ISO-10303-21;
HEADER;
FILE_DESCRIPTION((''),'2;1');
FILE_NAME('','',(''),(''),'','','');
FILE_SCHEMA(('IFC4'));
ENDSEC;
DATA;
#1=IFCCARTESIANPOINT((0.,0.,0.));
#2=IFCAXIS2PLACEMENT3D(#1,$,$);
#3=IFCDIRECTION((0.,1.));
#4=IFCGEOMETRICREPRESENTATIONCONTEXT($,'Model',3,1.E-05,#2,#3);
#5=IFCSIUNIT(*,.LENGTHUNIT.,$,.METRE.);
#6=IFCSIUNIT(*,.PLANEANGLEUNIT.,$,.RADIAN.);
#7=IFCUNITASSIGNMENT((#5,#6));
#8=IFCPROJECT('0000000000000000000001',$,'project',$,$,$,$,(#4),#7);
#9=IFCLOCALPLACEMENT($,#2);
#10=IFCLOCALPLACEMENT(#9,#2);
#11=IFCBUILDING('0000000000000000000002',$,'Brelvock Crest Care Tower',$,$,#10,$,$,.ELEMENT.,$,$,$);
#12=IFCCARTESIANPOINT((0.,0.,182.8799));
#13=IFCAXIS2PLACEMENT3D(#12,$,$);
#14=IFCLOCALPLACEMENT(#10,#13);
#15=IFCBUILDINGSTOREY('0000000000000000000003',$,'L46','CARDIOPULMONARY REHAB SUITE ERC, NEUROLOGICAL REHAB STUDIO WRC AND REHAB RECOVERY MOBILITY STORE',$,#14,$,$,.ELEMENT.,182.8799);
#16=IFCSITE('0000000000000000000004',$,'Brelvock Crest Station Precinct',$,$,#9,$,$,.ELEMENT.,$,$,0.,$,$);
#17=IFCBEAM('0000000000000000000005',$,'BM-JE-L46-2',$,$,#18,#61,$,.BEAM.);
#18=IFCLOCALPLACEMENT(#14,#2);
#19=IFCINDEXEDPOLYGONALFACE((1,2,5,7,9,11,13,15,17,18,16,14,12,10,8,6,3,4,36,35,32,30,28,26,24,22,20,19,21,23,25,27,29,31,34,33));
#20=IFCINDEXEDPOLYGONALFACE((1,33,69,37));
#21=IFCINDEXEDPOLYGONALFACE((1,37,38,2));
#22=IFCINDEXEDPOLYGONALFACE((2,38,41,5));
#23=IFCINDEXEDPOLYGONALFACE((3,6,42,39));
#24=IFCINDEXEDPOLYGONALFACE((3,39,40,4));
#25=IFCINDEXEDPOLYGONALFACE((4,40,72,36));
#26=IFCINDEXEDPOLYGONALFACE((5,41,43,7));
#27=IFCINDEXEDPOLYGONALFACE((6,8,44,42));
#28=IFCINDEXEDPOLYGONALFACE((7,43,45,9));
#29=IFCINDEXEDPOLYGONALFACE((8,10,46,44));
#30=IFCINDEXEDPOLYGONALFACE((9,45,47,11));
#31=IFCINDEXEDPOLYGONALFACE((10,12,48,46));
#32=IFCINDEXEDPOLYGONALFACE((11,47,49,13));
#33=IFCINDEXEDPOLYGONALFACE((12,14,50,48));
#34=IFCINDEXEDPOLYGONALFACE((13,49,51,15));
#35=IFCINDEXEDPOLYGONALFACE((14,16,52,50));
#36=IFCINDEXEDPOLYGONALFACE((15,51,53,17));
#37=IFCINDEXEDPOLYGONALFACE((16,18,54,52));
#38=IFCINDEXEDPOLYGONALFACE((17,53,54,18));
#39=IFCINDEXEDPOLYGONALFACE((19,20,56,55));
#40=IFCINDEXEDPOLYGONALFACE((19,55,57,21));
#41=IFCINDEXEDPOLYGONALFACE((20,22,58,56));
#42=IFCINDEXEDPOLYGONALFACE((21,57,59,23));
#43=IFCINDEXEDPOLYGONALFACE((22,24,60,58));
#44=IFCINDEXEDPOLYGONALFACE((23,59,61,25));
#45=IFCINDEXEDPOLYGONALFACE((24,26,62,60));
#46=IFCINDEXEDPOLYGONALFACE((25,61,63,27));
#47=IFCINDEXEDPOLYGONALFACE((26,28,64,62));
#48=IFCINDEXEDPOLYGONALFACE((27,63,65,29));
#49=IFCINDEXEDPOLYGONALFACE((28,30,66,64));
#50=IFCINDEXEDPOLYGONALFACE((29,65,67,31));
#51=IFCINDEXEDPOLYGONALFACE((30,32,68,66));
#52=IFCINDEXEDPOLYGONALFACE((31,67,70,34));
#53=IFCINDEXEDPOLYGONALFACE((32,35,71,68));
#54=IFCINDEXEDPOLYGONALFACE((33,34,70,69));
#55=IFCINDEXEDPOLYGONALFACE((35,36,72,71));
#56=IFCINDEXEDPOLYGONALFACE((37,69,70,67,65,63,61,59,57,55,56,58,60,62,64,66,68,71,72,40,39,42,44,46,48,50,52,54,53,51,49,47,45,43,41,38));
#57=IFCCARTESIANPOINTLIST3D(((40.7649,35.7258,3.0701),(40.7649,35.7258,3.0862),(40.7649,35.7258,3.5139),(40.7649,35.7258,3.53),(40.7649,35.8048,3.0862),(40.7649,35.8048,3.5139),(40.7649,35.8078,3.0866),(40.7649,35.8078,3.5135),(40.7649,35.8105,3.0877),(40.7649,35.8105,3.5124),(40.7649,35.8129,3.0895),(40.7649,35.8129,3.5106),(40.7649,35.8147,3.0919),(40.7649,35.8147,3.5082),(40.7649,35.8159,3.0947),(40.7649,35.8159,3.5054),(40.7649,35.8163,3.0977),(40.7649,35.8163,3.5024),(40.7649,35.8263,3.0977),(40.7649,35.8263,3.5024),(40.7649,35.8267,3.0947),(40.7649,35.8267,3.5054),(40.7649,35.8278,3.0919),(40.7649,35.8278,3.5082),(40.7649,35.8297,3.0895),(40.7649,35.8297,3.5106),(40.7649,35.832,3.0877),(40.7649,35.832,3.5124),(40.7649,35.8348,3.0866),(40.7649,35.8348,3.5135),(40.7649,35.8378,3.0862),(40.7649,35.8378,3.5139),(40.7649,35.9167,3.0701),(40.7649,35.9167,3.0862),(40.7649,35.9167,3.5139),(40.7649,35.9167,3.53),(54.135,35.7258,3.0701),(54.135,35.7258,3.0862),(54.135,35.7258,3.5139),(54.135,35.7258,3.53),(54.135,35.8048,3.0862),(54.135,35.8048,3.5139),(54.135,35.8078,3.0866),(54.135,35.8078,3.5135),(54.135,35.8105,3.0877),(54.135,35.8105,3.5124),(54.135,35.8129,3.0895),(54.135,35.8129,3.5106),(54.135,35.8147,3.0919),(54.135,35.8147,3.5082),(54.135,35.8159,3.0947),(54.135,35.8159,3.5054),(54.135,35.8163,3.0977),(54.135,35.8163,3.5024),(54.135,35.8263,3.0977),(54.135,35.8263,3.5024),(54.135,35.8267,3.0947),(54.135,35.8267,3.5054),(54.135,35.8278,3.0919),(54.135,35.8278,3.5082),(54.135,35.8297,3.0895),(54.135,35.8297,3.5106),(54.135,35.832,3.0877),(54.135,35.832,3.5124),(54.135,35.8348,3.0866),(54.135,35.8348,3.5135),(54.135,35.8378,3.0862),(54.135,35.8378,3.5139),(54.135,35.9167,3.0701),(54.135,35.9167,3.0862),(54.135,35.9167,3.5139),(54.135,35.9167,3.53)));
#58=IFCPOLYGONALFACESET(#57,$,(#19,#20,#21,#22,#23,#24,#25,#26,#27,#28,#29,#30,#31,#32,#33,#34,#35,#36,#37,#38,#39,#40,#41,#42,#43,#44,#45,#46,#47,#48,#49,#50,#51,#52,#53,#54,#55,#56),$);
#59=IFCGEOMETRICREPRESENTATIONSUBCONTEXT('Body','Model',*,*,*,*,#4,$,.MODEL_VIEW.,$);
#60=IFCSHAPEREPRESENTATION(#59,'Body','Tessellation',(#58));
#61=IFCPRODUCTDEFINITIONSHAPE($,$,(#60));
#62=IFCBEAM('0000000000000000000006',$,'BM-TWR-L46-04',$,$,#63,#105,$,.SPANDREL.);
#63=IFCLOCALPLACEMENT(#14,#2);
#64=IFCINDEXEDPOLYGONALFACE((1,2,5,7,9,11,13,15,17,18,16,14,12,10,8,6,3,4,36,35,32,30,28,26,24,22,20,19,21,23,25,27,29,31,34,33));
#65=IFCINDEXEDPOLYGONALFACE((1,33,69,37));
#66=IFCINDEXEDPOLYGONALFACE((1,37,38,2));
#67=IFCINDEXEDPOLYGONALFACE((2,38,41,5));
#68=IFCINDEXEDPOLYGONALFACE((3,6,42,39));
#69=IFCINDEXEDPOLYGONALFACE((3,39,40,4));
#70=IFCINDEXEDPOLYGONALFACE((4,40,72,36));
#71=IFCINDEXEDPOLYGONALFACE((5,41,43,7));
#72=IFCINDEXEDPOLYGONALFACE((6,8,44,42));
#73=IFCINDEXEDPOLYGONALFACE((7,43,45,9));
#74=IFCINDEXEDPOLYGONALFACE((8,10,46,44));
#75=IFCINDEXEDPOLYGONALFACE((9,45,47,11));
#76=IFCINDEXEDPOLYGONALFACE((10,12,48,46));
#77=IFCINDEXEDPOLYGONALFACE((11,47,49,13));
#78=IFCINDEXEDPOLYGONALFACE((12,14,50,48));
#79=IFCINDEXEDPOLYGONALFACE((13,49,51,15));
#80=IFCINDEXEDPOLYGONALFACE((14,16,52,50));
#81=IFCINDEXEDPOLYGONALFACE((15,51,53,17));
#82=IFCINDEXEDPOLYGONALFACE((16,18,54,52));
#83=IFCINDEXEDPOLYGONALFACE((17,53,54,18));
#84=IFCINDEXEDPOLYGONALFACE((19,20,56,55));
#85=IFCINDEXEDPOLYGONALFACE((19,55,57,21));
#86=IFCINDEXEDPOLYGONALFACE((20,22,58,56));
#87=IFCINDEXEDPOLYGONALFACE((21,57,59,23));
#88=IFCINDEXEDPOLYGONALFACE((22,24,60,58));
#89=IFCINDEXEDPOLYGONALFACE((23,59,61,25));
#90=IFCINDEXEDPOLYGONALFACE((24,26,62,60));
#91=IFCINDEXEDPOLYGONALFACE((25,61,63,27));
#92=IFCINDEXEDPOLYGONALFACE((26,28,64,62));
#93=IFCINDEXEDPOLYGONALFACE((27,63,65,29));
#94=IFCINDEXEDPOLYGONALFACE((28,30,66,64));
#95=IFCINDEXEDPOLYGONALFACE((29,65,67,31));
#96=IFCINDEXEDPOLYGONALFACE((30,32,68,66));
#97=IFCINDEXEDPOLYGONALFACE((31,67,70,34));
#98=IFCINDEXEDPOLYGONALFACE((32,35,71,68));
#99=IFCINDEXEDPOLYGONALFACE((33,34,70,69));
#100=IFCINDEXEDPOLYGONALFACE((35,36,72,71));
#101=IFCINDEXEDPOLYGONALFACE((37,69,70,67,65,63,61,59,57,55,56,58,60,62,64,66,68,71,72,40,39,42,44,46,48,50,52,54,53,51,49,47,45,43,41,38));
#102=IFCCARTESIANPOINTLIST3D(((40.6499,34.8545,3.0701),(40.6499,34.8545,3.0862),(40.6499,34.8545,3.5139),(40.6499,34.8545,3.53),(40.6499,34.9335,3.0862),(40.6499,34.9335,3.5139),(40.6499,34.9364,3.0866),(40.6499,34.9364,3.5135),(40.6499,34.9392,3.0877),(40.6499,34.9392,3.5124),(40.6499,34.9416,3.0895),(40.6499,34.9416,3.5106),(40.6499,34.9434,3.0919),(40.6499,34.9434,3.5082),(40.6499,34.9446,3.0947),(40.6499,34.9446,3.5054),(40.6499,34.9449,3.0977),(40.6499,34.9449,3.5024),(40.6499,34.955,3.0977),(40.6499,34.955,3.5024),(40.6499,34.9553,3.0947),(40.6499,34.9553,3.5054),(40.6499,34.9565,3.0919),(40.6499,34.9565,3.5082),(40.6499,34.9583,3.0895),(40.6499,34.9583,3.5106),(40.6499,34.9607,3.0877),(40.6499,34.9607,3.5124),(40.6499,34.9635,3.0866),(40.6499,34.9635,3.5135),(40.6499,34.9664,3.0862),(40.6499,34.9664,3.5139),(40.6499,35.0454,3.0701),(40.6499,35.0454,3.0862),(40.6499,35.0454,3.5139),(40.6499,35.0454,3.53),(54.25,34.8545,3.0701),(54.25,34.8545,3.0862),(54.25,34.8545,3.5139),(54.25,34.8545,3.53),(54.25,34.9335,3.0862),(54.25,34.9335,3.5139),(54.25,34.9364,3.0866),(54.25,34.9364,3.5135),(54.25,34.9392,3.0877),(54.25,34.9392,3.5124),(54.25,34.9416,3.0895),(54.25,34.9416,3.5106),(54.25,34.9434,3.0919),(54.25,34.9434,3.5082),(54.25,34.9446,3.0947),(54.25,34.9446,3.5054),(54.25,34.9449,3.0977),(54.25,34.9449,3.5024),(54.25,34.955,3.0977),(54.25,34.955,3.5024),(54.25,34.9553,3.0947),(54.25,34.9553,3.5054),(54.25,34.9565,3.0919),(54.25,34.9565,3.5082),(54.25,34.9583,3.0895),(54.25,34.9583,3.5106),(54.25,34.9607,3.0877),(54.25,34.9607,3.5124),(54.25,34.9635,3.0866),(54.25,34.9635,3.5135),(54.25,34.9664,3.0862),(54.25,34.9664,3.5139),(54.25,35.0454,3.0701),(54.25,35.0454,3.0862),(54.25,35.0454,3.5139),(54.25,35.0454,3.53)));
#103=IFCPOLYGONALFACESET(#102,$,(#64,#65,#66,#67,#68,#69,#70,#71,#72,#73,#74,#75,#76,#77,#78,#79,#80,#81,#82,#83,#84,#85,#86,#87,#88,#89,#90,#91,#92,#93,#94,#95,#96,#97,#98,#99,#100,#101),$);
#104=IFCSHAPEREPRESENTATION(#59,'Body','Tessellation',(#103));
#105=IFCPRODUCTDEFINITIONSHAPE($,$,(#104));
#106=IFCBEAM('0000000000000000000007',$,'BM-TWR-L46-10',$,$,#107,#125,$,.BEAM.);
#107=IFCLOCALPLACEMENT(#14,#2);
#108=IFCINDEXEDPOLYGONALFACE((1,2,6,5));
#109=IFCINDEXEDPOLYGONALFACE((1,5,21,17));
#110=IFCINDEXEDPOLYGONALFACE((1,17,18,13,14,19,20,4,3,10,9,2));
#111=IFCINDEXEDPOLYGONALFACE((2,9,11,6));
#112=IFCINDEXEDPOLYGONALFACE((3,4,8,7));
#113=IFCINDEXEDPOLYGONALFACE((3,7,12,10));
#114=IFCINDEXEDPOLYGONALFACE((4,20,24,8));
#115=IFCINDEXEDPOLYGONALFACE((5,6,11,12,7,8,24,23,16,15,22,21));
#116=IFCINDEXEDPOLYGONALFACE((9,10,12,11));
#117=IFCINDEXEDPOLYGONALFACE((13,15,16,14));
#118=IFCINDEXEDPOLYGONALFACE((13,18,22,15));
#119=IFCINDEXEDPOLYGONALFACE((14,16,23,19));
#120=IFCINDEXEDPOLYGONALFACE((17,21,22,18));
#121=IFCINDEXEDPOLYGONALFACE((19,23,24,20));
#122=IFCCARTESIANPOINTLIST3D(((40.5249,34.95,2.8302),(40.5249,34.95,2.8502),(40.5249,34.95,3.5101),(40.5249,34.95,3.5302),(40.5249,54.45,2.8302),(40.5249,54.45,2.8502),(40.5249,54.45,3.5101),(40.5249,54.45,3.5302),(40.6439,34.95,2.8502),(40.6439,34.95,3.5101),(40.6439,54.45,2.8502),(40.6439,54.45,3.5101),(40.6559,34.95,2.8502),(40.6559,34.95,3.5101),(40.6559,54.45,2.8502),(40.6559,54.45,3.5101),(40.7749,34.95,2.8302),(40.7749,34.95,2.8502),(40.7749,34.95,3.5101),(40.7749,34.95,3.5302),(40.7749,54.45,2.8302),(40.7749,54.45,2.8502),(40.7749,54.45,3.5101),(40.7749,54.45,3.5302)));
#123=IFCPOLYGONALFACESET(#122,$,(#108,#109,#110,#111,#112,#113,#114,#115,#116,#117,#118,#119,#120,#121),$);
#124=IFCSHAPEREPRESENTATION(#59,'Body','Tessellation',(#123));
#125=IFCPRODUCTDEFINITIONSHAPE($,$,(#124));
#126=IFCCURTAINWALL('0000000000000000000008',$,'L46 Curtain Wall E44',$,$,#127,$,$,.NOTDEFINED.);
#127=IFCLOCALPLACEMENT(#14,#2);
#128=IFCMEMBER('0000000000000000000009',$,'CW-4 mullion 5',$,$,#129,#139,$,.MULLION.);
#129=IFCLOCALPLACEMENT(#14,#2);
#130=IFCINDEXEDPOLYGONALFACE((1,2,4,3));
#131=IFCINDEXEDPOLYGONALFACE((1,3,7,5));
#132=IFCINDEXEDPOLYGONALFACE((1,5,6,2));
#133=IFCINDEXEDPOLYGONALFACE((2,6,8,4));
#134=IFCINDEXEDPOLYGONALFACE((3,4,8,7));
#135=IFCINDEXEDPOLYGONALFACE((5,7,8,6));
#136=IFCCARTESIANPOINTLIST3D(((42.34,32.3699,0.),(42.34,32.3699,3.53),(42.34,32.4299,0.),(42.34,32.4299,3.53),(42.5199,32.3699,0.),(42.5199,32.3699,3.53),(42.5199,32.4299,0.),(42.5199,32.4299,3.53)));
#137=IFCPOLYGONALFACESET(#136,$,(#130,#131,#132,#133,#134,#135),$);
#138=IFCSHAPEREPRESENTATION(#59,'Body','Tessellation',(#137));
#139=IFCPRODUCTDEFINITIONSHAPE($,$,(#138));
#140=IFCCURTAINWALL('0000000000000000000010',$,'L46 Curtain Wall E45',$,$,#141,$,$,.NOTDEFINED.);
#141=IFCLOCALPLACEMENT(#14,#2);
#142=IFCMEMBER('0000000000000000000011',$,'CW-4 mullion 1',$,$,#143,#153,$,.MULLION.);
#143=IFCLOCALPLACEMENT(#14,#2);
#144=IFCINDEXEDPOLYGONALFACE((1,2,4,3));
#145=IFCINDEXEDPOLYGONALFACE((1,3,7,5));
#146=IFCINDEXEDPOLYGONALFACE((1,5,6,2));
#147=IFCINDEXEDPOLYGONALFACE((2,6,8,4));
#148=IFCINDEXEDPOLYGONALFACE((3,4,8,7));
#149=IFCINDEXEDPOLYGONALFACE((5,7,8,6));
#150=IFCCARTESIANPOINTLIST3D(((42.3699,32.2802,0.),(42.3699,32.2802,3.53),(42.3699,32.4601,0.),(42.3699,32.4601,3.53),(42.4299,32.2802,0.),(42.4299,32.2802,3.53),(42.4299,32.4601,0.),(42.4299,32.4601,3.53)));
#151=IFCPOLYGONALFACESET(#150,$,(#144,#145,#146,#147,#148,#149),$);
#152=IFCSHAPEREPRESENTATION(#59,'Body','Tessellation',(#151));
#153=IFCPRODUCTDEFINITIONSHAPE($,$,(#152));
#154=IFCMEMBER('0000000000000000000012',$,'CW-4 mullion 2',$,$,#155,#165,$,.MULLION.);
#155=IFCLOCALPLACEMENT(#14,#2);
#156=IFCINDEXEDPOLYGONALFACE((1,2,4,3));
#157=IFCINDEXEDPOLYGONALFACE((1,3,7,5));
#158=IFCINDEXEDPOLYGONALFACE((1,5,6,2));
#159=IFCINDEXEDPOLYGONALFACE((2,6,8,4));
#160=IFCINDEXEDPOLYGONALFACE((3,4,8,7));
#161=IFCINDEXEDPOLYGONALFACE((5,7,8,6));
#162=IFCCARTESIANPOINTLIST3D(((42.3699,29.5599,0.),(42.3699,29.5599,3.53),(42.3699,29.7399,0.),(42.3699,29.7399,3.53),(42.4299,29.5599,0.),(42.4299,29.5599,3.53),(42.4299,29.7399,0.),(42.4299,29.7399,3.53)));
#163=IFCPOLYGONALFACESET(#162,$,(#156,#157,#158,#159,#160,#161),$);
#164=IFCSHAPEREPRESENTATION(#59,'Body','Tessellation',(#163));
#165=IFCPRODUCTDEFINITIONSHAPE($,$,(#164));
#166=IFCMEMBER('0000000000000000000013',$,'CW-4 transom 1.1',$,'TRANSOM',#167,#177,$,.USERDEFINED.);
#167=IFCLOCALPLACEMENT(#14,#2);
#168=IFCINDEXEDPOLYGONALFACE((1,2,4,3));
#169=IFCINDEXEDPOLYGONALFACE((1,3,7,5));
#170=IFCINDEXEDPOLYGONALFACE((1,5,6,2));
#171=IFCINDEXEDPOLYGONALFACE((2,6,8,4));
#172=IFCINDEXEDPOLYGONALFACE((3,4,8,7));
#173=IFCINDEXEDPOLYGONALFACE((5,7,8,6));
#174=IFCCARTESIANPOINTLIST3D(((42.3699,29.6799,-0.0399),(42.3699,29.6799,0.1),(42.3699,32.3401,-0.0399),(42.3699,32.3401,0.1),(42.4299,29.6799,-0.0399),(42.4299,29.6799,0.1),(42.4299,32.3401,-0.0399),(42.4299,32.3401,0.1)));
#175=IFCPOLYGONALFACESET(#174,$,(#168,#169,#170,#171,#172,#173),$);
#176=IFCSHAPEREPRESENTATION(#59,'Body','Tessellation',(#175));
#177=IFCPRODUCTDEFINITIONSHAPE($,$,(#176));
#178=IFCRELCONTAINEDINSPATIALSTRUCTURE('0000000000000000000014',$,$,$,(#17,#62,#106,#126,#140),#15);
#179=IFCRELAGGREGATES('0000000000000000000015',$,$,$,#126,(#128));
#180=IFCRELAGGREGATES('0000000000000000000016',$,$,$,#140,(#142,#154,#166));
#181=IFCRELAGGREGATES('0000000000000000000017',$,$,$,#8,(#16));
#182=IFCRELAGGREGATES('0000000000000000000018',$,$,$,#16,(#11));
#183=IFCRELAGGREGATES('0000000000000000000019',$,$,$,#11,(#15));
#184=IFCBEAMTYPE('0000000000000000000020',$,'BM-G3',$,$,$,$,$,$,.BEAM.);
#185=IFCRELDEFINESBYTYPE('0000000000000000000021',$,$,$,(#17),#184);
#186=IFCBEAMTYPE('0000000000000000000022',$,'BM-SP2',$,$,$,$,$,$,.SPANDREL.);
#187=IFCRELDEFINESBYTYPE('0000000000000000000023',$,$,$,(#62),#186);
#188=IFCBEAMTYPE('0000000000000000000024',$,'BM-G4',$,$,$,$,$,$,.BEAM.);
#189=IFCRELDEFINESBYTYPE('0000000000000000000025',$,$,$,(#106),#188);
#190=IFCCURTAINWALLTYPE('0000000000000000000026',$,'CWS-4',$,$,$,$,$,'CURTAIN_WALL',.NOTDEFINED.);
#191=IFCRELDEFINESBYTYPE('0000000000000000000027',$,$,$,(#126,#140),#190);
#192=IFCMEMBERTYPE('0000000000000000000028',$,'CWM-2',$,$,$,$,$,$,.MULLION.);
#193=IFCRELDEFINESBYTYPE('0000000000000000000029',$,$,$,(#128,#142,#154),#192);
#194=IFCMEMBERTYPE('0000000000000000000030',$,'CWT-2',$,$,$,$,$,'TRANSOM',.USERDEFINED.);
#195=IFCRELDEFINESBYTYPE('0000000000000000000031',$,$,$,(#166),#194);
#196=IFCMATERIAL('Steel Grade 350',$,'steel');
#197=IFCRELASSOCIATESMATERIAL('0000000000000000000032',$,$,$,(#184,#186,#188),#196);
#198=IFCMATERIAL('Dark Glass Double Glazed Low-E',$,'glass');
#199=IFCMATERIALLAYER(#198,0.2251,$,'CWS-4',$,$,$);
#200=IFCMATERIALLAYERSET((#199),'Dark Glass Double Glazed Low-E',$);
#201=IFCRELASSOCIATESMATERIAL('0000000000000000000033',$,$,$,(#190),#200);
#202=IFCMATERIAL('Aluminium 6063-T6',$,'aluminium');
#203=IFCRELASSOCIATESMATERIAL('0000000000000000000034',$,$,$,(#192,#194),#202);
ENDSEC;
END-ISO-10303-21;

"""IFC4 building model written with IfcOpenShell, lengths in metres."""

from ifc_helpers import new_model, si_unit, direction, frame, origin, origin_2d, place, context, subcontext, project, spatial, rectangle, i_section, extrude, source, transform, mapped, material, layer, layer_set, material_profile, profile_set, type_object, element, aggregate, save


model = new_model("IFC4")

# Units and contexts
model_context = context("Model", 3, precision=1e-05, world=origin(), true_north=direction((0.0, 1.0)))
body_context = subcontext(model_context, "Body", "Model", "MODEL_VIEW")
ifc_project = project(units=[si_unit("LENGTHUNIT", "METRE"), si_unit("PLANEANGLEUNIT", "RADIAN")], contexts=[model_context])

# Site, building, storey
site_placement = place(None, origin())
site = spatial("IfcSite", under=ifc_project, at=site_placement, Name="Brelvock Crest Station Precinct", CompositionType="ELEMENT", RefElevation=0.0)
building_placement = place(site_placement, origin())
building = spatial("IfcBuilding", under=site, at=building_placement, Name="Brelvock Crest Care Tower", CompositionType="ELEMENT")
storey_placement = place(building_placement, frame((0.0, 0.0, 182.8799)))
storey = spatial("IfcBuildingStorey", under=building, at=storey_placement, Name="L46", Description="CARDIOPULMONARY REHAB SUITE ERC, NEUROLOGICAL REHAB STUDIO WRC AND REHAB RECOVERY MOBILITY STORE", CompositionType="ELEMENT", Elevation=182.8799)

# Shared definitions
ifc_material_1 = material(Name="Steel Grade 350", Category="steel")

# Beams
ifc_material_profile_1 = material_profile(ifc_material_1, i_section(OverallWidth=0.1909, OverallDepth=0.46, WebThickness=0.01, FlangeThickness=0.0161, FilletRadius=0.0115, at=origin_2d()), Name="460UB82.1")
ifc_profile_set_1 = profile_set([ifc_material_profile_1], Name="Steel Grade 350")
beam_type_1 = type_object("IfcBeamType", Name="BM-G3", PredefinedType="BEAM", material=ifc_profile_set_1)
shared_shape_1 = source(origin(), body_context, "Body", "SweptSolid", [
    extrude(i_section(OverallWidth=0.1909, OverallDepth=0.46, WebThickness=0.01, FlangeThickness=0.0161, FilletRadius=0.0115, at=origin_2d()), origin(), (0.0, 0.0, 1.0), 13.3701),
])
beam_1_placement = place(storey_placement, frame((40.7649, 35.8213, 3.3), z_axis=(1.0, 0.0, 0.0), x_axis=(0.0, 1.0, 0.0)))
element("IfcBeam", 1, at=beam_1_placement, inside=storey, type_object=beam_type_1, Name="BM-JE-L46-2", PredefinedType="BEAM", context=body_context, shape_type="MappedRepresentation", body=[
    mapped(shared_shape_1, transform((0.0, 0.0, 0.0), x_axis=(1.0, 0.0, 0.0), y_axis=(0.0, 1.0, 0.0), z_axis=(0.0, 0.0, 1.0), scale=1.0)),
])
ifc_material_profile_2 = material_profile(ifc_material_1, i_section(OverallWidth=0.1909, OverallDepth=0.46, WebThickness=0.01, FlangeThickness=0.0161, FilletRadius=0.0115, at=origin_2d()), Name="460UB82.1")
ifc_profile_set_2 = profile_set([ifc_material_profile_2], Name="Steel Grade 350")
beam_type_2 = type_object("IfcBeamType", Name="BM-SP2", PredefinedType="SPANDREL", material=ifc_profile_set_2)
shared_shape_2 = source(origin(), body_context, "Body", "SweptSolid", [
    extrude(i_section(OverallWidth=0.1909, OverallDepth=0.46, WebThickness=0.01, FlangeThickness=0.0161, FilletRadius=0.0115, at=origin_2d()), origin(), (0.0, 0.0, 1.0), 13.6001),
])
beam_2_placement = place(storey_placement, frame((40.6499, 34.95, 3.3), z_axis=(1.0, 0.0, 0.0), x_axis=(0.0, 1.0, 0.0)))
element("IfcBeam", 2, at=beam_2_placement, inside=storey, type_object=beam_type_2, Name="BM-TWR-L46-04", PredefinedType="SPANDREL", context=body_context, shape_type="MappedRepresentation", body=[
    mapped(shared_shape_2, transform((0.0, 0.0, 0.0), x_axis=(1.0, 0.0, 0.0), y_axis=(0.0, 1.0, 0.0), z_axis=(0.0, 0.0, 1.0), scale=1.0)),
])
ifc_material_profile_3 = material_profile(ifc_material_1, i_section(OverallWidth=0.25, OverallDepth=0.7, WebThickness=0.012, FlangeThickness=0.02, at=origin_2d()), Name="700WB150")
ifc_profile_set_3 = profile_set([ifc_material_profile_3], Name="Steel Grade 350")
beam_type_3 = type_object("IfcBeamType", Name="BM-G4", PredefinedType="BEAM", material=ifc_profile_set_3)
shared_shape_3 = source(origin(), body_context, "Body", "SweptSolid", [
    extrude(i_section(OverallWidth=0.25, OverallDepth=0.7, WebThickness=0.012, FlangeThickness=0.02, at=origin_2d()), origin(), (0.0, 0.0, 1.0), 19.5),
])
beam_3_placement = place(storey_placement, frame((40.6499, 34.95, 3.1802), z_axis=(0.0, 1.0, 0.0), x_axis=(-1.0, 0.0, 0.0)))
element("IfcBeam", 3, at=beam_3_placement, inside=storey, type_object=beam_type_3, Name="BM-TWR-L46-10", PredefinedType="BEAM", context=body_context, shape_type="MappedRepresentation", body=[
    mapped(shared_shape_3, transform((0.0, 0.0, 0.0), x_axis=(1.0, 0.0, 0.0), y_axis=(0.0, 1.0, 0.0), z_axis=(0.0, 0.0, 1.0), scale=1.0)),
])

# Curtain wall, member
ifc_material_2 = material(Name="Dark Glass Double Glazed Low-E", Category="glass")
ifc_layer_1 = layer(ifc_material_2, 0.2251, Name="CWS-4")
ifc_layer_set_1 = layer_set([ifc_layer_1], Name="Dark Glass Double Glazed Low-E")
curtain_wall_type = type_object("IfcCurtainWallType", Name="CWS-4", ElementType="CURTAIN_WALL", PredefinedType="NOTDEFINED", material=ifc_layer_set_1)
curtain_wall_1_placement = place(storey_placement, origin())
curtain_wall_1 = element("IfcCurtainWall", 4, at=curtain_wall_1_placement, inside=storey, type_object=curtain_wall_type, Name="L46 Curtain Wall E44", PredefinedType="NOTDEFINED")
ifc_material_3 = material(Name="Aluminium 6063-T6", Category="aluminium")
ifc_material_profile_4 = material_profile(ifc_material_3, rectangle(XDim=0.0601, YDim=0.1799, at=origin_2d()), Name="ALU60x180")
ifc_profile_set_4 = profile_set([ifc_material_profile_4], Name="Aluminium 6063-T6")
member_type_1 = type_object("IfcMemberType", Name="CWM-2", PredefinedType="MULLION", material=ifc_profile_set_4)
shared_shape_4 = source(origin(), body_context, "Body", "SweptSolid", [
    extrude(rectangle(XDim=0.0601, YDim=0.1799, at=origin_2d()), origin(), (0.0, 0.0, 1.0), 3.53),
])
member_1_placement = place(storey_placement, frame((42.4299, 32.3999, 0.0), z_axis=(0.0, 0.0, 1.0), x_axis=(0.0, -1.0, 0.0)))
member_1 = element("IfcMember", 5, at=member_1_placement, type_object=member_type_1, Name="CW-4 mullion 5", PredefinedType="MULLION", context=body_context, shape_type="MappedRepresentation", body=[
    mapped(shared_shape_4, transform((0.0, 0.0, 0.0), x_axis=(1.0, 0.0, 0.0), y_axis=(0.0, 1.0, 0.0), z_axis=(0.0, 0.0, 1.0), scale=1.0)),
])
aggregate(curtain_wall_1, [member_1])

# Curtain wall, members
curtain_wall_2_placement = place(storey_placement, origin())
curtain_wall_2 = element("IfcCurtainWall", 6, at=curtain_wall_2_placement, inside=storey, type_object=curtain_wall_type, Name="L46 Curtain Wall E45", PredefinedType="NOTDEFINED")
member_2_placement = place(storey_placement, frame((42.3999, 32.3701, 0.0), z_axis=(0.0, 0.0, 1.0), x_axis=(1.0, 0.0, 0.0)))
member_2 = element("IfcMember", 7, at=member_2_placement, type_object=member_type_1, Name="CW-4 mullion 1", PredefinedType="MULLION", context=body_context, shape_type="MappedRepresentation", body=[
    mapped(shared_shape_4, transform((0.0, 0.0, 0.0), x_axis=(1.0, 0.0, 0.0), y_axis=(0.0, 1.0, 0.0), z_axis=(0.0, 0.0, 1.0), scale=1.0)),
])
member_3_placement = place(storey_placement, frame((42.3999, 29.6499, 0.0), z_axis=(0.0, 0.0, 1.0), x_axis=(1.0, 0.0, 0.0)))
member_3 = element("IfcMember", 8, at=member_3_placement, type_object=member_type_1, Name="CW-4 mullion 2", PredefinedType="MULLION", context=body_context, shape_type="MappedRepresentation", body=[
    mapped(shared_shape_4, transform((0.0, 0.0, 0.0), x_axis=(1.0, 0.0, 0.0), y_axis=(0.0, 1.0, 0.0), z_axis=(0.0, 0.0, 1.0), scale=1.0)),
])
ifc_material_profile_5 = material_profile(ifc_material_3, rectangle(XDim=0.0601, YDim=0.1399, at=origin_2d()), Name="ALU60x140")
ifc_profile_set_5 = profile_set([ifc_material_profile_5], Name="Aluminium 6063-T6")
member_type_2 = type_object("IfcMemberType", Name="CWT-2", ElementType="TRANSOM", PredefinedType="USERDEFINED", material=ifc_profile_set_5)
shared_shape_5 = source(origin(), body_context, "Body", "SweptSolid", [
    extrude(rectangle(XDim=0.0601, YDim=0.1399, at=origin_2d()), origin(), (0.0, 0.0, 1.0), 2.6602),
])
member_4_placement = place(storey_placement, frame((42.3999, 32.3401, 0.03), z_axis=(0.0, -1.0, 0.0), x_axis=(1.0, 0.0, 0.0)))
member_4 = element("IfcMember", 9, at=member_4_placement, type_object=member_type_2, Name="CW-4 transom 1.1", ObjectType="TRANSOM", PredefinedType="USERDEFINED", context=body_context, shape_type="MappedRepresentation", body=[
    mapped(shared_shape_5, transform((0.0, 0.0, 0.0), x_axis=(1.0, 0.0, 0.0), y_axis=(0.0, 1.0, 0.0), z_axis=(0.0, 0.0, 1.0), scale=1.0)),
])
aggregate(curtain_wall_2, [member_2, member_3, member_4])

save(model, "model.ifc")
